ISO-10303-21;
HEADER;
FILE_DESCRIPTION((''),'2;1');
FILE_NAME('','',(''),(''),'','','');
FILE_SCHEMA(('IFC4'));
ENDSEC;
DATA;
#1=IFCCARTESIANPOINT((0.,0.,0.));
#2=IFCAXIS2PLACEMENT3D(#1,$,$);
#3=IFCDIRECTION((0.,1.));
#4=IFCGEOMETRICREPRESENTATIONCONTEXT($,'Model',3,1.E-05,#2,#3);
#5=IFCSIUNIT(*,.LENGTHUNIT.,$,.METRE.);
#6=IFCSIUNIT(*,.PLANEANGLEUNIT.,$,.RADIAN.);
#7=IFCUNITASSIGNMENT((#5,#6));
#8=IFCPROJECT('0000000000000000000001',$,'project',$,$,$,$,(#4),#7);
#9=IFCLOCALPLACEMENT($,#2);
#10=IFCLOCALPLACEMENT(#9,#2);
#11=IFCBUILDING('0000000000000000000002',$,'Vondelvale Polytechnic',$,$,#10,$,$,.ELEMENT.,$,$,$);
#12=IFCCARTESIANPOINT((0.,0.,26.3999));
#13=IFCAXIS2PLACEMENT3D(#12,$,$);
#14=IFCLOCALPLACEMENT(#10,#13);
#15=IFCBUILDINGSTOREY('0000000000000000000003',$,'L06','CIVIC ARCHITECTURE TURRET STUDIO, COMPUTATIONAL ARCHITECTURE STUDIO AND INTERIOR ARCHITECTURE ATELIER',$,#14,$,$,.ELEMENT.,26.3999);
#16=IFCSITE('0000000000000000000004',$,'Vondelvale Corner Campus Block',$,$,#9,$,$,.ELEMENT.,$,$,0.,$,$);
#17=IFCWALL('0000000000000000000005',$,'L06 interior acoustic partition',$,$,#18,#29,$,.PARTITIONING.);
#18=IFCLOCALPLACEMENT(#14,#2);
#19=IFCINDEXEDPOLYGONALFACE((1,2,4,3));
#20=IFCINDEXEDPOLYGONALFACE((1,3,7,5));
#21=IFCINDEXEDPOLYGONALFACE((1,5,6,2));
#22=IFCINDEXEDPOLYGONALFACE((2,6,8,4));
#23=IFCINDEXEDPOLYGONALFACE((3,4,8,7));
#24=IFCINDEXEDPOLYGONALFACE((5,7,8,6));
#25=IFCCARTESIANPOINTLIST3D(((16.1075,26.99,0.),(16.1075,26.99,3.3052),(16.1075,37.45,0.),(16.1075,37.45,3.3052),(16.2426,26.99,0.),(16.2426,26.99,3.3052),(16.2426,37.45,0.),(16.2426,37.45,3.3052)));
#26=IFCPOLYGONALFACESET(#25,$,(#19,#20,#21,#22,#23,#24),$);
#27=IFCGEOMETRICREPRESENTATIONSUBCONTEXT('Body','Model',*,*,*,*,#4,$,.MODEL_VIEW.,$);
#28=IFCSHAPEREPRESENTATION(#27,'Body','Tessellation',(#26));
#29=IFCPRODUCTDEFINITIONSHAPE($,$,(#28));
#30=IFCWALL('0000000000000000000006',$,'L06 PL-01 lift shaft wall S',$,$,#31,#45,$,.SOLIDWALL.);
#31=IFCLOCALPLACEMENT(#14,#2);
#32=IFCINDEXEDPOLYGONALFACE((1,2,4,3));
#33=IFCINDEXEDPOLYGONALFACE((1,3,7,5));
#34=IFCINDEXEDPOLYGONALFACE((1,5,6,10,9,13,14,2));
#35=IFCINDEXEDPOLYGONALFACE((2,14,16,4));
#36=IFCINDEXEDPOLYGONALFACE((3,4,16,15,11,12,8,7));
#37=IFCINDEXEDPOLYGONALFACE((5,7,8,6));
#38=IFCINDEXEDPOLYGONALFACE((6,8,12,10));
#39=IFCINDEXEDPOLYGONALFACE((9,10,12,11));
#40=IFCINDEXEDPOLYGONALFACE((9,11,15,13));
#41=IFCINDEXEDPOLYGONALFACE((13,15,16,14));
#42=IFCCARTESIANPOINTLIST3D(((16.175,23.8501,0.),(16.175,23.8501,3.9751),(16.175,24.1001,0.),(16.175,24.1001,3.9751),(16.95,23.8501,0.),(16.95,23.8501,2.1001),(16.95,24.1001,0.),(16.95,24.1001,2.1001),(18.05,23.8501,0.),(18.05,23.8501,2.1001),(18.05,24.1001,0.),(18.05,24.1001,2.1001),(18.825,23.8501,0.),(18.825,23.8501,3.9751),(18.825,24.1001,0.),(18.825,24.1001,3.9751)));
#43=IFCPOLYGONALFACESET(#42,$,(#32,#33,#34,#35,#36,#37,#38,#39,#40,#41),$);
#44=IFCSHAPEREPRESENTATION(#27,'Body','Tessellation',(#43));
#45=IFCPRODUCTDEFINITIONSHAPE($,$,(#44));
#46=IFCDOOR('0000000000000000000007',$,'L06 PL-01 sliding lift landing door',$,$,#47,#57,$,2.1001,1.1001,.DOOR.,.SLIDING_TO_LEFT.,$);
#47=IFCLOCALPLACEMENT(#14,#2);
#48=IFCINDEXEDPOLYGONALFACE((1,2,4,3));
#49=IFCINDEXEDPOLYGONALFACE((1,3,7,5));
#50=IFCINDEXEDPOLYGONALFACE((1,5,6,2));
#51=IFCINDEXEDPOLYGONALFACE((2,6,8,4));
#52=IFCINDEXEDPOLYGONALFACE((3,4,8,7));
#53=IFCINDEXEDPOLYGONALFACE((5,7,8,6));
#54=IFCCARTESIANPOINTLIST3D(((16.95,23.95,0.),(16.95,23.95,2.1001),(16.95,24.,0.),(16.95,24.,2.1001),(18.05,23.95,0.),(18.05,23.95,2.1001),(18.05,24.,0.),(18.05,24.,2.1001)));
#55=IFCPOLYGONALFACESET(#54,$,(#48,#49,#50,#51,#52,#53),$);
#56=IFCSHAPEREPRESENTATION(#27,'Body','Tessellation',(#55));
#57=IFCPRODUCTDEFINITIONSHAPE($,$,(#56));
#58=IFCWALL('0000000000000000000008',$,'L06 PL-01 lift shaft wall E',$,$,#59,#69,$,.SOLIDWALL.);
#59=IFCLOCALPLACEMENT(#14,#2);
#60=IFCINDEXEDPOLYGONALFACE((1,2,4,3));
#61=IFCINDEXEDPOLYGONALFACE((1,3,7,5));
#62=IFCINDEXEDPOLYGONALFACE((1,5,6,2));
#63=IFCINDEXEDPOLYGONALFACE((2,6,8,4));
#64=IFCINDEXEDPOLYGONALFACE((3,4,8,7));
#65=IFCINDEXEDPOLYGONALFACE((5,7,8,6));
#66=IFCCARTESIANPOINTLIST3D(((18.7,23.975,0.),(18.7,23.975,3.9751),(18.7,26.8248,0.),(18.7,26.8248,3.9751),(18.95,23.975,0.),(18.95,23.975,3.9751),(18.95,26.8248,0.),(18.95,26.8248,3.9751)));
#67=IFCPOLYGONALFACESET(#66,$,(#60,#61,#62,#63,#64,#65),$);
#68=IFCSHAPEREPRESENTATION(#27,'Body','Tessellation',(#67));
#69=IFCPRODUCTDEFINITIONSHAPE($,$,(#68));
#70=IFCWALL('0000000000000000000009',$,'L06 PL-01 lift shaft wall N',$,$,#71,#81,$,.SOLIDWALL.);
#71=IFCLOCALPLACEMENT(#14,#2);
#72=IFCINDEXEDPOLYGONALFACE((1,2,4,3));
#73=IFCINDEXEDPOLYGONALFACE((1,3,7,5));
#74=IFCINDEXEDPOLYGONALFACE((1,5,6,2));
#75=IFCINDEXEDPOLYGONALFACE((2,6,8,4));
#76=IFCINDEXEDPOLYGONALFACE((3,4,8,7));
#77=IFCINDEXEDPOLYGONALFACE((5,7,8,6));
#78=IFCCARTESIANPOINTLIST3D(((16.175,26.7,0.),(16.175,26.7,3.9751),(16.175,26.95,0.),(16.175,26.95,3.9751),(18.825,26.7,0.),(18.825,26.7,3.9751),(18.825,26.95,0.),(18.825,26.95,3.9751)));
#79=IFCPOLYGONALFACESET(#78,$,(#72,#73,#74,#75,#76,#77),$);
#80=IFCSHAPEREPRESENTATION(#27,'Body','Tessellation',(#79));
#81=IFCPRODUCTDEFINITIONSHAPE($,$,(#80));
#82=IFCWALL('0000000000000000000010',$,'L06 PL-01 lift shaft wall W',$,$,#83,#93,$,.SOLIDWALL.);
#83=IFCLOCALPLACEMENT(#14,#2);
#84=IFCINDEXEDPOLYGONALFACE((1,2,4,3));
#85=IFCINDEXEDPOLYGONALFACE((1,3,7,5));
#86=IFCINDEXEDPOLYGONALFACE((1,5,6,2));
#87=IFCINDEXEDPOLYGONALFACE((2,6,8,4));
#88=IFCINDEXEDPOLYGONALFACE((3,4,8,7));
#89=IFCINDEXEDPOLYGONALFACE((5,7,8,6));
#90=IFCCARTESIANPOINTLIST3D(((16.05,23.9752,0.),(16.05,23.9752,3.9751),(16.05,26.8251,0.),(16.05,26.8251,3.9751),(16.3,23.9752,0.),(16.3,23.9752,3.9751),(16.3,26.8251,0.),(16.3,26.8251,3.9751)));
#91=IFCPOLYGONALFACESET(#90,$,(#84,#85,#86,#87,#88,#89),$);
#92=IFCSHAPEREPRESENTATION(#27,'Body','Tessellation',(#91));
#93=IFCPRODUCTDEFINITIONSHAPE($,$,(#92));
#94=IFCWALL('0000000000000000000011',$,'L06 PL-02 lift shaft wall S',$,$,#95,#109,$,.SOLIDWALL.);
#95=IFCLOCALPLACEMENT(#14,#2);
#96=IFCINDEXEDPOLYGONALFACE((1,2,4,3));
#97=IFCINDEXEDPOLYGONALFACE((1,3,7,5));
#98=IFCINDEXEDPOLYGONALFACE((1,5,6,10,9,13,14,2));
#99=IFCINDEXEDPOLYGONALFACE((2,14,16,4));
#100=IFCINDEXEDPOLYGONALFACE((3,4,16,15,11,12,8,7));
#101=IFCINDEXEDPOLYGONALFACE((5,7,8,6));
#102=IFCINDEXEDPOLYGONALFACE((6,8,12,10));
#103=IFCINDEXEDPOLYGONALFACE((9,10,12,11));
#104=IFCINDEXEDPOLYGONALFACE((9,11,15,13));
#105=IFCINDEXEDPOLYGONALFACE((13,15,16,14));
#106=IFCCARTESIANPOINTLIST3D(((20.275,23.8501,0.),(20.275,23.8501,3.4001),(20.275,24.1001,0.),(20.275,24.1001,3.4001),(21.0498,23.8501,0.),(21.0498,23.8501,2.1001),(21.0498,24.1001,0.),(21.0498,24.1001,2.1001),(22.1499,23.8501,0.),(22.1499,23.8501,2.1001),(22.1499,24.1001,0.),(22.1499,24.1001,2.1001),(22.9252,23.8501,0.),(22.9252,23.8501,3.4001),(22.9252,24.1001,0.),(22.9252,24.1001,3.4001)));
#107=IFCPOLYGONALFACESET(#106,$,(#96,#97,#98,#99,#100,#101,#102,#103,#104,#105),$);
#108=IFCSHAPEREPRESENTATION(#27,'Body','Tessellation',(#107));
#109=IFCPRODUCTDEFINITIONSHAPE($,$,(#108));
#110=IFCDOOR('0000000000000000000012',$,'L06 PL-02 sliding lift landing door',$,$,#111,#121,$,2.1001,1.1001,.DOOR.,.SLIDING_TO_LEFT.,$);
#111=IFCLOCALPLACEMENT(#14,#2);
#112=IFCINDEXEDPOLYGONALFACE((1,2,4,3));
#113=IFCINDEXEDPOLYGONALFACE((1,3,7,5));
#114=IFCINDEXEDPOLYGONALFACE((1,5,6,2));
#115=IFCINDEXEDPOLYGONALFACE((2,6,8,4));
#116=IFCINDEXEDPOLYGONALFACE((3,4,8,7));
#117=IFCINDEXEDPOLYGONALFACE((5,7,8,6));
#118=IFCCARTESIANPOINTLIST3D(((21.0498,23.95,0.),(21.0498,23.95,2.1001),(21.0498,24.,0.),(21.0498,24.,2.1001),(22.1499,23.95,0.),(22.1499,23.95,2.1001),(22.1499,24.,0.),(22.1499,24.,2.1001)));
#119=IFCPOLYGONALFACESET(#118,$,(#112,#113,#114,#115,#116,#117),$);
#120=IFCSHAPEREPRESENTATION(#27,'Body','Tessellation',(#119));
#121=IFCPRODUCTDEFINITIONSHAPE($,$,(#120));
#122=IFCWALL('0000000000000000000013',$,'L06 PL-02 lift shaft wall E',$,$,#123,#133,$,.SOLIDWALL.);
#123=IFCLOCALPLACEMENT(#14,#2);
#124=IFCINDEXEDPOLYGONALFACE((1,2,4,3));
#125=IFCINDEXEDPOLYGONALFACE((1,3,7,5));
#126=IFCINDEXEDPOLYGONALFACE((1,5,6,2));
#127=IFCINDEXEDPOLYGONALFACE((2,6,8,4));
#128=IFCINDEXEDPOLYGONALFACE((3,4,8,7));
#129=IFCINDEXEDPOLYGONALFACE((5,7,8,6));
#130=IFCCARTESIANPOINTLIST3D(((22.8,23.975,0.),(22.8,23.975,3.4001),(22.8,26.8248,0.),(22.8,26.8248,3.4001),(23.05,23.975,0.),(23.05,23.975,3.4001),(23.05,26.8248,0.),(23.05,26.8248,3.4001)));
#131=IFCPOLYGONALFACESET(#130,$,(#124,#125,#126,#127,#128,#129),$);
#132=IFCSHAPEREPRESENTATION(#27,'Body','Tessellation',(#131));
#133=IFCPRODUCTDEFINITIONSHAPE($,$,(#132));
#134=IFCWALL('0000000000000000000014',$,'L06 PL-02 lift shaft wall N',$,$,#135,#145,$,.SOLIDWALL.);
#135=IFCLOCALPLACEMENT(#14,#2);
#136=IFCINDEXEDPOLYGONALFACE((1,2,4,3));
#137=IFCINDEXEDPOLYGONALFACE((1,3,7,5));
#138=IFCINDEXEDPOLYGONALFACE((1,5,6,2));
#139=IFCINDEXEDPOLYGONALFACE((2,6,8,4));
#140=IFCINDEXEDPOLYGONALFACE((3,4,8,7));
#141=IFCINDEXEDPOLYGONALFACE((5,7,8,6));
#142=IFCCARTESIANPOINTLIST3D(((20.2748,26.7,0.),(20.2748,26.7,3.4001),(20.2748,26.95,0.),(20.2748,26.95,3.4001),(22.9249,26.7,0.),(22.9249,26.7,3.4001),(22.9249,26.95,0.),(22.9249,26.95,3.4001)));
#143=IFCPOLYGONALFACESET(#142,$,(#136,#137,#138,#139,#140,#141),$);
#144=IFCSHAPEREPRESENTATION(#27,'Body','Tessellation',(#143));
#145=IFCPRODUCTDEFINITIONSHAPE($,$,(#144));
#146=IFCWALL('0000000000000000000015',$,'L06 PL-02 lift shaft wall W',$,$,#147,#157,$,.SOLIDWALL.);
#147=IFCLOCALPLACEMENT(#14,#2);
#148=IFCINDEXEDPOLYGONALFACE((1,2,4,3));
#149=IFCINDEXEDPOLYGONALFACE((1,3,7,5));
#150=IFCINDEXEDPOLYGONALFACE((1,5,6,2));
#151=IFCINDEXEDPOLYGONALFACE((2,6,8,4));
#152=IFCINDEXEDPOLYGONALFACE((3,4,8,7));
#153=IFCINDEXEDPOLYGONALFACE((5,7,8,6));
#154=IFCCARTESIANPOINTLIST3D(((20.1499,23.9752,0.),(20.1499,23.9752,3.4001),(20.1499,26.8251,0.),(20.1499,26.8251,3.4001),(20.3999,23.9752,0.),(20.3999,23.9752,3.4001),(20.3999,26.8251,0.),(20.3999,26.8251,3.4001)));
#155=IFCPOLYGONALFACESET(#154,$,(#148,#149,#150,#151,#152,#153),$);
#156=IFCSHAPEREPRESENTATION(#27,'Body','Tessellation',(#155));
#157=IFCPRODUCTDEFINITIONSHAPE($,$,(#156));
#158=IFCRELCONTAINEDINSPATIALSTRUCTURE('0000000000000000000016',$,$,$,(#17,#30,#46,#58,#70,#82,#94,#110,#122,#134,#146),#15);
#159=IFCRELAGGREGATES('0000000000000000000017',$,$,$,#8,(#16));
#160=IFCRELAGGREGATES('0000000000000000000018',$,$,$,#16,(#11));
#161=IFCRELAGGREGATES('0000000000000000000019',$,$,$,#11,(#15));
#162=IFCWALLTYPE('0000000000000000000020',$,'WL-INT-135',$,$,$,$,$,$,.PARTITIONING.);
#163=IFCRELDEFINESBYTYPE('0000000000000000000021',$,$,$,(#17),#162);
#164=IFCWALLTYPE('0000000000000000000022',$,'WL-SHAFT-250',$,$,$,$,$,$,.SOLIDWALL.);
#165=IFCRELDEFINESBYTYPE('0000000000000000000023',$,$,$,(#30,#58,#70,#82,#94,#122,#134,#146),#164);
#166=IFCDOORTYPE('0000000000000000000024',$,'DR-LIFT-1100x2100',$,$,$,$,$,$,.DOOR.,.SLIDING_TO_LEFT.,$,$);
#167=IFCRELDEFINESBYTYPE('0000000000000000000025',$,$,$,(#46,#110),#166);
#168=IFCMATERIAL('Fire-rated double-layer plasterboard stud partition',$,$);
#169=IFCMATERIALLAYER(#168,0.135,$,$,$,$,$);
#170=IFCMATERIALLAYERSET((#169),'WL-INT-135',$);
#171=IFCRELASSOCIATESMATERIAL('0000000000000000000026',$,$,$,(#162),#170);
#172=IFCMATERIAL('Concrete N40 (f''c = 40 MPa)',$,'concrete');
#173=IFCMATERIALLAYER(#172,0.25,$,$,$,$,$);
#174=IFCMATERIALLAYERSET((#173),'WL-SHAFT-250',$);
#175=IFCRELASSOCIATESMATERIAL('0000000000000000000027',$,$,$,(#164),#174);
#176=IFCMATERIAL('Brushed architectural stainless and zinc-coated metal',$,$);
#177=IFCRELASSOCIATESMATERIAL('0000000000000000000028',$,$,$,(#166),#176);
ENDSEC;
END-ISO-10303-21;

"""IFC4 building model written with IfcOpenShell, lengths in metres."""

from ifc_helpers import new_model, si_unit, direction, frame, frame_2d, origin, place, context, subcontext, project, spatial, rectangle, extrude, material, layer, layer_set, type_object, element, fill, save


model = new_model("IFC4")

# Units and contexts
model_context = context("Model", 3, precision=1e-05, world=origin(), true_north=direction((0.0, 1.0)))
body_context = subcontext(model_context, "Body", "Model", "MODEL_VIEW")
ifc_project = project(units=[si_unit("LENGTHUNIT", "METRE"), si_unit("PLANEANGLEUNIT", "RADIAN")], contexts=[model_context])

# Site, building, storey
site_placement = place(None, origin())
site = spatial("IfcSite", under=ifc_project, at=site_placement, Name="Vondelvale Corner Campus Block", CompositionType="ELEMENT", RefElevation=0.0)
building_placement = place(site_placement, origin())
building = spatial("IfcBuilding", under=site, at=building_placement, Name="Vondelvale Polytechnic", CompositionType="ELEMENT")
storey_placement = place(building_placement, frame((0.0, 0.0, 26.3999)))
storey = spatial("IfcBuildingStorey", under=building, at=storey_placement, Name="L06", Description="CIVIC ARCHITECTURE TURRET STUDIO, COMPUTATIONAL ARCHITECTURE STUDIO AND INTERIOR ARCHITECTURE ATELIER", CompositionType="ELEMENT", Elevation=26.3999)

# Shared definitions
ifc_material_1 = material(Name="Concrete N40 (f'c = 40 MPa)", Category="concrete")

# Shared definitions
ifc_material_2 = material(Name="Fire-rated double-layer plasterboard stud partition")

# Wall
ifc_layer_1 = layer(ifc_material_2, 0.135)
ifc_layer_set_1 = layer_set([ifc_layer_1], Name="WL-INT-135")
wall_type_1 = type_object("IfcWallType", Name="WL-INT-135", PredefinedType="PARTITIONING", material=ifc_layer_set_1)
wall_1_placement = place(storey_placement, frame((16.175, 26.99, 0.0), z_axis=(0.0, 0.0, 1.0), x_axis=(0.0, 1.0, 0.0)))
element("IfcWall", 1, at=wall_1_placement, inside=storey, type_object=wall_type_1, Name="L06 interior acoustic partition", PredefinedType="PARTITIONING", context=body_context, shape_type="SweptSolid", body=[
    extrude(rectangle(XDim=10.46, YDim=0.135, at=frame_2d((5.23, 0.0))), origin(), (0.0, 0.0, 1.0), 3.3052),
])

# Wall, opening, door
ifc_layer_2 = layer(ifc_material_1, 0.25)
ifc_layer_set_2 = layer_set([ifc_layer_2], Name="WL-SHAFT-250")
wall_type_2 = type_object("IfcWallType", Name="WL-SHAFT-250", PredefinedType="SOLIDWALL", material=ifc_layer_set_2)
wall_2_placement = place(storey_placement, frame((16.175, 23.9751, 0.0), z_axis=(0.0, 0.0, 1.0), x_axis=(1.0, 0.0, 0.0)))
wall_2 = element("IfcWall", 2, at=wall_2_placement, inside=storey, type_object=wall_type_2, Name="L06 PL-01 lift shaft wall S", PredefinedType="SOLIDWALL", context=body_context, shape_type="SweptSolid", body=[
    extrude(rectangle(XDim=2.6499, YDim=0.25, at=frame_2d((1.325, 0.0))), origin(), (0.0, 0.0, 1.0), 3.9751),
])
opening_1_placement = place(wall_2_placement, frame((0.7749, 0.0, 0.0)))
opening_1 = element("IfcOpeningElement", 3, at=opening_1_placement, cuts=wall_2, PredefinedType="OPENING", context=body_context, shape_type="SweptSolid", body=[
    extrude(rectangle(XDim=1.1001, YDim=2.1001, at=frame_2d((0.55, 1.05))), frame((0.0, 0.135, 0.0), z_axis=(0.0, -1.0, 0.0), x_axis=(1.0, 0.0, 0.0)), (0.0, 0.0, 1.0), 0.27),
])
ifc_material_3 = material(Name="Brushed architectural stainless and zinc-coated metal")
door_type_1 = type_object("IfcDoorType", Name="DR-LIFT-1100x2100", OperationType="SLIDING_TO_LEFT", PredefinedType="DOOR", material=ifc_material_3)
door_1_placement = place(opening_1_placement, origin())
door_1 = element("IfcDoor", 4, at=door_1_placement, inside=storey, type_object=door_type_1, Name="L06 PL-01 sliding lift landing door", OperationType="SLIDING_TO_LEFT", OverallHeight=2.1001, OverallWidth=1.1001, PredefinedType="DOOR", context=body_context, shape_type="SweptSolid", body=[
    extrude(rectangle(XDim=1.1001, YDim=2.1001, at=frame_2d((0.55, 1.05))), frame((0.0, 0.0249, 0.0), z_axis=(0.0, -1.0, 0.0), x_axis=(1.0, 0.0, 0.0)), (0.0, 0.0, 1.0), 0.05),
])
fill(opening_1, door_1)

# Walls
wall_3_placement = place(storey_placement, frame((18.825, 23.9751, 0.0), z_axis=(0.0, 0.0, 1.0), x_axis=(0.0, 1.0, 0.0)))
element("IfcWall", 5, at=wall_3_placement, inside=storey, type_object=wall_type_2, Name="L06 PL-01 lift shaft wall E", PredefinedType="SOLIDWALL", context=body_context, shape_type="SweptSolid", body=[
    extrude(rectangle(XDim=2.8499, YDim=0.25, at=frame_2d((1.4248, 0.0))), origin(), (0.0, 0.0, 1.0), 3.9751),
])
wall_4_placement = place(storey_placement, frame((18.825, 26.825, 0.0), z_axis=(0.0, 0.0, 1.0), x_axis=(-1.0, 0.0, 0.0)))
element("IfcWall", 6, at=wall_4_placement, inside=storey, type_object=wall_type_2, Name="L06 PL-01 lift shaft wall N", PredefinedType="SOLIDWALL", context=body_context, shape_type="SweptSolid", body=[
    extrude(rectangle(XDim=2.6499, YDim=0.25, at=frame_2d((1.325, 0.0))), origin(), (0.0, 0.0, 1.0), 3.9751),
])
wall_5_placement = place(storey_placement, frame((16.175, 26.825, 0.0), z_axis=(0.0, 0.0, 1.0), x_axis=(0.0, -1.0, 0.0)))
element("IfcWall", 7, at=wall_5_placement, inside=storey, type_object=wall_type_2, Name="L06 PL-01 lift shaft wall W", PredefinedType="SOLIDWALL", context=body_context, shape_type="SweptSolid", body=[
    extrude(rectangle(XDim=2.8499, YDim=0.25, at=frame_2d((1.4248, 0.0))), origin(), (0.0, 0.0, 1.0), 3.9751),
])

# Wall, opening, door
wall_6_placement = place(storey_placement, frame((20.2749, 23.9751, 0.0), z_axis=(0.0, 0.0, 1.0), x_axis=(1.0, 0.0, 0.0)))
wall_6 = element("IfcWall", 8, at=wall_6_placement, inside=storey, type_object=wall_type_2, Name="L06 PL-02 lift shaft wall S", PredefinedType="SOLIDWALL", context=body_context, shape_type="SweptSolid", body=[
    extrude(rectangle(XDim=2.6501, YDim=0.25, at=frame_2d((1.3252, 0.0))), origin(), (0.0, 0.0, 1.0), 3.4001),
])
opening_2_placement = place(wall_6_placement, frame((0.7749, 0.0, 0.0)))
opening_2 = element("IfcOpeningElement", 9, at=opening_2_placement, cuts=wall_6, PredefinedType="OPENING", context=body_context, shape_type="SweptSolid", body=[
    extrude(rectangle(XDim=1.1001, YDim=2.1001, at=frame_2d((0.55, 1.05))), frame((0.0, 0.135, 0.0), z_axis=(0.0, -1.0, 0.0), x_axis=(1.0, 0.0, 0.0)), (0.0, 0.0, 1.0), 0.27),
])
door_2_placement = place(opening_2_placement, origin())
door_2 = element("IfcDoor", 10, at=door_2_placement, inside=storey, type_object=door_type_1, Name="L06 PL-02 sliding lift landing door", OperationType="SLIDING_TO_LEFT", OverallHeight=2.1001, OverallWidth=1.1001, PredefinedType="DOOR", context=body_context, shape_type="SweptSolid", body=[
    extrude(rectangle(XDim=1.1001, YDim=2.1001, at=frame_2d((0.55, 1.05))), frame((0.0, 0.0249, 0.0), z_axis=(0.0, -1.0, 0.0), x_axis=(1.0, 0.0, 0.0)), (0.0, 0.0, 1.0), 0.05),
])
fill(opening_2, door_2)

# Walls
wall_7_placement = place(storey_placement, frame((22.925, 23.9751, 0.0), z_axis=(0.0, 0.0, 1.0), x_axis=(0.0, 1.0, 0.0)))
element("IfcWall", 11, at=wall_7_placement, inside=storey, type_object=wall_type_2, Name="L06 PL-02 lift shaft wall E", PredefinedType="SOLIDWALL", context=body_context, shape_type="SweptSolid", body=[
    extrude(rectangle(XDim=2.8499, YDim=0.25, at=frame_2d((1.4248, 0.0))), origin(), (0.0, 0.0, 1.0), 3.4001),
])
wall_8_placement = place(storey_placement, frame((22.925, 26.825, 0.0), z_axis=(0.0, 0.0, 1.0), x_axis=(-1.0, 0.0, 0.0)))
element("IfcWall", 12, at=wall_8_placement, inside=storey, type_object=wall_type_2, Name="L06 PL-02 lift shaft wall N", PredefinedType="SOLIDWALL", context=body_context, shape_type="SweptSolid", body=[
    extrude(rectangle(XDim=2.6501, YDim=0.25, at=frame_2d((1.3252, 0.0))), origin(), (0.0, 0.0, 1.0), 3.4001),
])
wall_9_placement = place(storey_placement, frame((20.2749, 26.825, 0.0), z_axis=(0.0, 0.0, 1.0), x_axis=(0.0, -1.0, 0.0)))
element("IfcWall", 13, at=wall_9_placement, inside=storey, type_object=wall_type_2, Name="L06 PL-02 lift shaft wall W", PredefinedType="SOLIDWALL", context=body_context, shape_type="SweptSolid", body=[
    extrude(rectangle(XDim=2.8499, YDim=0.25, at=frame_2d((1.4248, 0.0))), origin(), (0.0, 0.0, 1.0), 3.4001),
])

save(model, "model.ifc")
